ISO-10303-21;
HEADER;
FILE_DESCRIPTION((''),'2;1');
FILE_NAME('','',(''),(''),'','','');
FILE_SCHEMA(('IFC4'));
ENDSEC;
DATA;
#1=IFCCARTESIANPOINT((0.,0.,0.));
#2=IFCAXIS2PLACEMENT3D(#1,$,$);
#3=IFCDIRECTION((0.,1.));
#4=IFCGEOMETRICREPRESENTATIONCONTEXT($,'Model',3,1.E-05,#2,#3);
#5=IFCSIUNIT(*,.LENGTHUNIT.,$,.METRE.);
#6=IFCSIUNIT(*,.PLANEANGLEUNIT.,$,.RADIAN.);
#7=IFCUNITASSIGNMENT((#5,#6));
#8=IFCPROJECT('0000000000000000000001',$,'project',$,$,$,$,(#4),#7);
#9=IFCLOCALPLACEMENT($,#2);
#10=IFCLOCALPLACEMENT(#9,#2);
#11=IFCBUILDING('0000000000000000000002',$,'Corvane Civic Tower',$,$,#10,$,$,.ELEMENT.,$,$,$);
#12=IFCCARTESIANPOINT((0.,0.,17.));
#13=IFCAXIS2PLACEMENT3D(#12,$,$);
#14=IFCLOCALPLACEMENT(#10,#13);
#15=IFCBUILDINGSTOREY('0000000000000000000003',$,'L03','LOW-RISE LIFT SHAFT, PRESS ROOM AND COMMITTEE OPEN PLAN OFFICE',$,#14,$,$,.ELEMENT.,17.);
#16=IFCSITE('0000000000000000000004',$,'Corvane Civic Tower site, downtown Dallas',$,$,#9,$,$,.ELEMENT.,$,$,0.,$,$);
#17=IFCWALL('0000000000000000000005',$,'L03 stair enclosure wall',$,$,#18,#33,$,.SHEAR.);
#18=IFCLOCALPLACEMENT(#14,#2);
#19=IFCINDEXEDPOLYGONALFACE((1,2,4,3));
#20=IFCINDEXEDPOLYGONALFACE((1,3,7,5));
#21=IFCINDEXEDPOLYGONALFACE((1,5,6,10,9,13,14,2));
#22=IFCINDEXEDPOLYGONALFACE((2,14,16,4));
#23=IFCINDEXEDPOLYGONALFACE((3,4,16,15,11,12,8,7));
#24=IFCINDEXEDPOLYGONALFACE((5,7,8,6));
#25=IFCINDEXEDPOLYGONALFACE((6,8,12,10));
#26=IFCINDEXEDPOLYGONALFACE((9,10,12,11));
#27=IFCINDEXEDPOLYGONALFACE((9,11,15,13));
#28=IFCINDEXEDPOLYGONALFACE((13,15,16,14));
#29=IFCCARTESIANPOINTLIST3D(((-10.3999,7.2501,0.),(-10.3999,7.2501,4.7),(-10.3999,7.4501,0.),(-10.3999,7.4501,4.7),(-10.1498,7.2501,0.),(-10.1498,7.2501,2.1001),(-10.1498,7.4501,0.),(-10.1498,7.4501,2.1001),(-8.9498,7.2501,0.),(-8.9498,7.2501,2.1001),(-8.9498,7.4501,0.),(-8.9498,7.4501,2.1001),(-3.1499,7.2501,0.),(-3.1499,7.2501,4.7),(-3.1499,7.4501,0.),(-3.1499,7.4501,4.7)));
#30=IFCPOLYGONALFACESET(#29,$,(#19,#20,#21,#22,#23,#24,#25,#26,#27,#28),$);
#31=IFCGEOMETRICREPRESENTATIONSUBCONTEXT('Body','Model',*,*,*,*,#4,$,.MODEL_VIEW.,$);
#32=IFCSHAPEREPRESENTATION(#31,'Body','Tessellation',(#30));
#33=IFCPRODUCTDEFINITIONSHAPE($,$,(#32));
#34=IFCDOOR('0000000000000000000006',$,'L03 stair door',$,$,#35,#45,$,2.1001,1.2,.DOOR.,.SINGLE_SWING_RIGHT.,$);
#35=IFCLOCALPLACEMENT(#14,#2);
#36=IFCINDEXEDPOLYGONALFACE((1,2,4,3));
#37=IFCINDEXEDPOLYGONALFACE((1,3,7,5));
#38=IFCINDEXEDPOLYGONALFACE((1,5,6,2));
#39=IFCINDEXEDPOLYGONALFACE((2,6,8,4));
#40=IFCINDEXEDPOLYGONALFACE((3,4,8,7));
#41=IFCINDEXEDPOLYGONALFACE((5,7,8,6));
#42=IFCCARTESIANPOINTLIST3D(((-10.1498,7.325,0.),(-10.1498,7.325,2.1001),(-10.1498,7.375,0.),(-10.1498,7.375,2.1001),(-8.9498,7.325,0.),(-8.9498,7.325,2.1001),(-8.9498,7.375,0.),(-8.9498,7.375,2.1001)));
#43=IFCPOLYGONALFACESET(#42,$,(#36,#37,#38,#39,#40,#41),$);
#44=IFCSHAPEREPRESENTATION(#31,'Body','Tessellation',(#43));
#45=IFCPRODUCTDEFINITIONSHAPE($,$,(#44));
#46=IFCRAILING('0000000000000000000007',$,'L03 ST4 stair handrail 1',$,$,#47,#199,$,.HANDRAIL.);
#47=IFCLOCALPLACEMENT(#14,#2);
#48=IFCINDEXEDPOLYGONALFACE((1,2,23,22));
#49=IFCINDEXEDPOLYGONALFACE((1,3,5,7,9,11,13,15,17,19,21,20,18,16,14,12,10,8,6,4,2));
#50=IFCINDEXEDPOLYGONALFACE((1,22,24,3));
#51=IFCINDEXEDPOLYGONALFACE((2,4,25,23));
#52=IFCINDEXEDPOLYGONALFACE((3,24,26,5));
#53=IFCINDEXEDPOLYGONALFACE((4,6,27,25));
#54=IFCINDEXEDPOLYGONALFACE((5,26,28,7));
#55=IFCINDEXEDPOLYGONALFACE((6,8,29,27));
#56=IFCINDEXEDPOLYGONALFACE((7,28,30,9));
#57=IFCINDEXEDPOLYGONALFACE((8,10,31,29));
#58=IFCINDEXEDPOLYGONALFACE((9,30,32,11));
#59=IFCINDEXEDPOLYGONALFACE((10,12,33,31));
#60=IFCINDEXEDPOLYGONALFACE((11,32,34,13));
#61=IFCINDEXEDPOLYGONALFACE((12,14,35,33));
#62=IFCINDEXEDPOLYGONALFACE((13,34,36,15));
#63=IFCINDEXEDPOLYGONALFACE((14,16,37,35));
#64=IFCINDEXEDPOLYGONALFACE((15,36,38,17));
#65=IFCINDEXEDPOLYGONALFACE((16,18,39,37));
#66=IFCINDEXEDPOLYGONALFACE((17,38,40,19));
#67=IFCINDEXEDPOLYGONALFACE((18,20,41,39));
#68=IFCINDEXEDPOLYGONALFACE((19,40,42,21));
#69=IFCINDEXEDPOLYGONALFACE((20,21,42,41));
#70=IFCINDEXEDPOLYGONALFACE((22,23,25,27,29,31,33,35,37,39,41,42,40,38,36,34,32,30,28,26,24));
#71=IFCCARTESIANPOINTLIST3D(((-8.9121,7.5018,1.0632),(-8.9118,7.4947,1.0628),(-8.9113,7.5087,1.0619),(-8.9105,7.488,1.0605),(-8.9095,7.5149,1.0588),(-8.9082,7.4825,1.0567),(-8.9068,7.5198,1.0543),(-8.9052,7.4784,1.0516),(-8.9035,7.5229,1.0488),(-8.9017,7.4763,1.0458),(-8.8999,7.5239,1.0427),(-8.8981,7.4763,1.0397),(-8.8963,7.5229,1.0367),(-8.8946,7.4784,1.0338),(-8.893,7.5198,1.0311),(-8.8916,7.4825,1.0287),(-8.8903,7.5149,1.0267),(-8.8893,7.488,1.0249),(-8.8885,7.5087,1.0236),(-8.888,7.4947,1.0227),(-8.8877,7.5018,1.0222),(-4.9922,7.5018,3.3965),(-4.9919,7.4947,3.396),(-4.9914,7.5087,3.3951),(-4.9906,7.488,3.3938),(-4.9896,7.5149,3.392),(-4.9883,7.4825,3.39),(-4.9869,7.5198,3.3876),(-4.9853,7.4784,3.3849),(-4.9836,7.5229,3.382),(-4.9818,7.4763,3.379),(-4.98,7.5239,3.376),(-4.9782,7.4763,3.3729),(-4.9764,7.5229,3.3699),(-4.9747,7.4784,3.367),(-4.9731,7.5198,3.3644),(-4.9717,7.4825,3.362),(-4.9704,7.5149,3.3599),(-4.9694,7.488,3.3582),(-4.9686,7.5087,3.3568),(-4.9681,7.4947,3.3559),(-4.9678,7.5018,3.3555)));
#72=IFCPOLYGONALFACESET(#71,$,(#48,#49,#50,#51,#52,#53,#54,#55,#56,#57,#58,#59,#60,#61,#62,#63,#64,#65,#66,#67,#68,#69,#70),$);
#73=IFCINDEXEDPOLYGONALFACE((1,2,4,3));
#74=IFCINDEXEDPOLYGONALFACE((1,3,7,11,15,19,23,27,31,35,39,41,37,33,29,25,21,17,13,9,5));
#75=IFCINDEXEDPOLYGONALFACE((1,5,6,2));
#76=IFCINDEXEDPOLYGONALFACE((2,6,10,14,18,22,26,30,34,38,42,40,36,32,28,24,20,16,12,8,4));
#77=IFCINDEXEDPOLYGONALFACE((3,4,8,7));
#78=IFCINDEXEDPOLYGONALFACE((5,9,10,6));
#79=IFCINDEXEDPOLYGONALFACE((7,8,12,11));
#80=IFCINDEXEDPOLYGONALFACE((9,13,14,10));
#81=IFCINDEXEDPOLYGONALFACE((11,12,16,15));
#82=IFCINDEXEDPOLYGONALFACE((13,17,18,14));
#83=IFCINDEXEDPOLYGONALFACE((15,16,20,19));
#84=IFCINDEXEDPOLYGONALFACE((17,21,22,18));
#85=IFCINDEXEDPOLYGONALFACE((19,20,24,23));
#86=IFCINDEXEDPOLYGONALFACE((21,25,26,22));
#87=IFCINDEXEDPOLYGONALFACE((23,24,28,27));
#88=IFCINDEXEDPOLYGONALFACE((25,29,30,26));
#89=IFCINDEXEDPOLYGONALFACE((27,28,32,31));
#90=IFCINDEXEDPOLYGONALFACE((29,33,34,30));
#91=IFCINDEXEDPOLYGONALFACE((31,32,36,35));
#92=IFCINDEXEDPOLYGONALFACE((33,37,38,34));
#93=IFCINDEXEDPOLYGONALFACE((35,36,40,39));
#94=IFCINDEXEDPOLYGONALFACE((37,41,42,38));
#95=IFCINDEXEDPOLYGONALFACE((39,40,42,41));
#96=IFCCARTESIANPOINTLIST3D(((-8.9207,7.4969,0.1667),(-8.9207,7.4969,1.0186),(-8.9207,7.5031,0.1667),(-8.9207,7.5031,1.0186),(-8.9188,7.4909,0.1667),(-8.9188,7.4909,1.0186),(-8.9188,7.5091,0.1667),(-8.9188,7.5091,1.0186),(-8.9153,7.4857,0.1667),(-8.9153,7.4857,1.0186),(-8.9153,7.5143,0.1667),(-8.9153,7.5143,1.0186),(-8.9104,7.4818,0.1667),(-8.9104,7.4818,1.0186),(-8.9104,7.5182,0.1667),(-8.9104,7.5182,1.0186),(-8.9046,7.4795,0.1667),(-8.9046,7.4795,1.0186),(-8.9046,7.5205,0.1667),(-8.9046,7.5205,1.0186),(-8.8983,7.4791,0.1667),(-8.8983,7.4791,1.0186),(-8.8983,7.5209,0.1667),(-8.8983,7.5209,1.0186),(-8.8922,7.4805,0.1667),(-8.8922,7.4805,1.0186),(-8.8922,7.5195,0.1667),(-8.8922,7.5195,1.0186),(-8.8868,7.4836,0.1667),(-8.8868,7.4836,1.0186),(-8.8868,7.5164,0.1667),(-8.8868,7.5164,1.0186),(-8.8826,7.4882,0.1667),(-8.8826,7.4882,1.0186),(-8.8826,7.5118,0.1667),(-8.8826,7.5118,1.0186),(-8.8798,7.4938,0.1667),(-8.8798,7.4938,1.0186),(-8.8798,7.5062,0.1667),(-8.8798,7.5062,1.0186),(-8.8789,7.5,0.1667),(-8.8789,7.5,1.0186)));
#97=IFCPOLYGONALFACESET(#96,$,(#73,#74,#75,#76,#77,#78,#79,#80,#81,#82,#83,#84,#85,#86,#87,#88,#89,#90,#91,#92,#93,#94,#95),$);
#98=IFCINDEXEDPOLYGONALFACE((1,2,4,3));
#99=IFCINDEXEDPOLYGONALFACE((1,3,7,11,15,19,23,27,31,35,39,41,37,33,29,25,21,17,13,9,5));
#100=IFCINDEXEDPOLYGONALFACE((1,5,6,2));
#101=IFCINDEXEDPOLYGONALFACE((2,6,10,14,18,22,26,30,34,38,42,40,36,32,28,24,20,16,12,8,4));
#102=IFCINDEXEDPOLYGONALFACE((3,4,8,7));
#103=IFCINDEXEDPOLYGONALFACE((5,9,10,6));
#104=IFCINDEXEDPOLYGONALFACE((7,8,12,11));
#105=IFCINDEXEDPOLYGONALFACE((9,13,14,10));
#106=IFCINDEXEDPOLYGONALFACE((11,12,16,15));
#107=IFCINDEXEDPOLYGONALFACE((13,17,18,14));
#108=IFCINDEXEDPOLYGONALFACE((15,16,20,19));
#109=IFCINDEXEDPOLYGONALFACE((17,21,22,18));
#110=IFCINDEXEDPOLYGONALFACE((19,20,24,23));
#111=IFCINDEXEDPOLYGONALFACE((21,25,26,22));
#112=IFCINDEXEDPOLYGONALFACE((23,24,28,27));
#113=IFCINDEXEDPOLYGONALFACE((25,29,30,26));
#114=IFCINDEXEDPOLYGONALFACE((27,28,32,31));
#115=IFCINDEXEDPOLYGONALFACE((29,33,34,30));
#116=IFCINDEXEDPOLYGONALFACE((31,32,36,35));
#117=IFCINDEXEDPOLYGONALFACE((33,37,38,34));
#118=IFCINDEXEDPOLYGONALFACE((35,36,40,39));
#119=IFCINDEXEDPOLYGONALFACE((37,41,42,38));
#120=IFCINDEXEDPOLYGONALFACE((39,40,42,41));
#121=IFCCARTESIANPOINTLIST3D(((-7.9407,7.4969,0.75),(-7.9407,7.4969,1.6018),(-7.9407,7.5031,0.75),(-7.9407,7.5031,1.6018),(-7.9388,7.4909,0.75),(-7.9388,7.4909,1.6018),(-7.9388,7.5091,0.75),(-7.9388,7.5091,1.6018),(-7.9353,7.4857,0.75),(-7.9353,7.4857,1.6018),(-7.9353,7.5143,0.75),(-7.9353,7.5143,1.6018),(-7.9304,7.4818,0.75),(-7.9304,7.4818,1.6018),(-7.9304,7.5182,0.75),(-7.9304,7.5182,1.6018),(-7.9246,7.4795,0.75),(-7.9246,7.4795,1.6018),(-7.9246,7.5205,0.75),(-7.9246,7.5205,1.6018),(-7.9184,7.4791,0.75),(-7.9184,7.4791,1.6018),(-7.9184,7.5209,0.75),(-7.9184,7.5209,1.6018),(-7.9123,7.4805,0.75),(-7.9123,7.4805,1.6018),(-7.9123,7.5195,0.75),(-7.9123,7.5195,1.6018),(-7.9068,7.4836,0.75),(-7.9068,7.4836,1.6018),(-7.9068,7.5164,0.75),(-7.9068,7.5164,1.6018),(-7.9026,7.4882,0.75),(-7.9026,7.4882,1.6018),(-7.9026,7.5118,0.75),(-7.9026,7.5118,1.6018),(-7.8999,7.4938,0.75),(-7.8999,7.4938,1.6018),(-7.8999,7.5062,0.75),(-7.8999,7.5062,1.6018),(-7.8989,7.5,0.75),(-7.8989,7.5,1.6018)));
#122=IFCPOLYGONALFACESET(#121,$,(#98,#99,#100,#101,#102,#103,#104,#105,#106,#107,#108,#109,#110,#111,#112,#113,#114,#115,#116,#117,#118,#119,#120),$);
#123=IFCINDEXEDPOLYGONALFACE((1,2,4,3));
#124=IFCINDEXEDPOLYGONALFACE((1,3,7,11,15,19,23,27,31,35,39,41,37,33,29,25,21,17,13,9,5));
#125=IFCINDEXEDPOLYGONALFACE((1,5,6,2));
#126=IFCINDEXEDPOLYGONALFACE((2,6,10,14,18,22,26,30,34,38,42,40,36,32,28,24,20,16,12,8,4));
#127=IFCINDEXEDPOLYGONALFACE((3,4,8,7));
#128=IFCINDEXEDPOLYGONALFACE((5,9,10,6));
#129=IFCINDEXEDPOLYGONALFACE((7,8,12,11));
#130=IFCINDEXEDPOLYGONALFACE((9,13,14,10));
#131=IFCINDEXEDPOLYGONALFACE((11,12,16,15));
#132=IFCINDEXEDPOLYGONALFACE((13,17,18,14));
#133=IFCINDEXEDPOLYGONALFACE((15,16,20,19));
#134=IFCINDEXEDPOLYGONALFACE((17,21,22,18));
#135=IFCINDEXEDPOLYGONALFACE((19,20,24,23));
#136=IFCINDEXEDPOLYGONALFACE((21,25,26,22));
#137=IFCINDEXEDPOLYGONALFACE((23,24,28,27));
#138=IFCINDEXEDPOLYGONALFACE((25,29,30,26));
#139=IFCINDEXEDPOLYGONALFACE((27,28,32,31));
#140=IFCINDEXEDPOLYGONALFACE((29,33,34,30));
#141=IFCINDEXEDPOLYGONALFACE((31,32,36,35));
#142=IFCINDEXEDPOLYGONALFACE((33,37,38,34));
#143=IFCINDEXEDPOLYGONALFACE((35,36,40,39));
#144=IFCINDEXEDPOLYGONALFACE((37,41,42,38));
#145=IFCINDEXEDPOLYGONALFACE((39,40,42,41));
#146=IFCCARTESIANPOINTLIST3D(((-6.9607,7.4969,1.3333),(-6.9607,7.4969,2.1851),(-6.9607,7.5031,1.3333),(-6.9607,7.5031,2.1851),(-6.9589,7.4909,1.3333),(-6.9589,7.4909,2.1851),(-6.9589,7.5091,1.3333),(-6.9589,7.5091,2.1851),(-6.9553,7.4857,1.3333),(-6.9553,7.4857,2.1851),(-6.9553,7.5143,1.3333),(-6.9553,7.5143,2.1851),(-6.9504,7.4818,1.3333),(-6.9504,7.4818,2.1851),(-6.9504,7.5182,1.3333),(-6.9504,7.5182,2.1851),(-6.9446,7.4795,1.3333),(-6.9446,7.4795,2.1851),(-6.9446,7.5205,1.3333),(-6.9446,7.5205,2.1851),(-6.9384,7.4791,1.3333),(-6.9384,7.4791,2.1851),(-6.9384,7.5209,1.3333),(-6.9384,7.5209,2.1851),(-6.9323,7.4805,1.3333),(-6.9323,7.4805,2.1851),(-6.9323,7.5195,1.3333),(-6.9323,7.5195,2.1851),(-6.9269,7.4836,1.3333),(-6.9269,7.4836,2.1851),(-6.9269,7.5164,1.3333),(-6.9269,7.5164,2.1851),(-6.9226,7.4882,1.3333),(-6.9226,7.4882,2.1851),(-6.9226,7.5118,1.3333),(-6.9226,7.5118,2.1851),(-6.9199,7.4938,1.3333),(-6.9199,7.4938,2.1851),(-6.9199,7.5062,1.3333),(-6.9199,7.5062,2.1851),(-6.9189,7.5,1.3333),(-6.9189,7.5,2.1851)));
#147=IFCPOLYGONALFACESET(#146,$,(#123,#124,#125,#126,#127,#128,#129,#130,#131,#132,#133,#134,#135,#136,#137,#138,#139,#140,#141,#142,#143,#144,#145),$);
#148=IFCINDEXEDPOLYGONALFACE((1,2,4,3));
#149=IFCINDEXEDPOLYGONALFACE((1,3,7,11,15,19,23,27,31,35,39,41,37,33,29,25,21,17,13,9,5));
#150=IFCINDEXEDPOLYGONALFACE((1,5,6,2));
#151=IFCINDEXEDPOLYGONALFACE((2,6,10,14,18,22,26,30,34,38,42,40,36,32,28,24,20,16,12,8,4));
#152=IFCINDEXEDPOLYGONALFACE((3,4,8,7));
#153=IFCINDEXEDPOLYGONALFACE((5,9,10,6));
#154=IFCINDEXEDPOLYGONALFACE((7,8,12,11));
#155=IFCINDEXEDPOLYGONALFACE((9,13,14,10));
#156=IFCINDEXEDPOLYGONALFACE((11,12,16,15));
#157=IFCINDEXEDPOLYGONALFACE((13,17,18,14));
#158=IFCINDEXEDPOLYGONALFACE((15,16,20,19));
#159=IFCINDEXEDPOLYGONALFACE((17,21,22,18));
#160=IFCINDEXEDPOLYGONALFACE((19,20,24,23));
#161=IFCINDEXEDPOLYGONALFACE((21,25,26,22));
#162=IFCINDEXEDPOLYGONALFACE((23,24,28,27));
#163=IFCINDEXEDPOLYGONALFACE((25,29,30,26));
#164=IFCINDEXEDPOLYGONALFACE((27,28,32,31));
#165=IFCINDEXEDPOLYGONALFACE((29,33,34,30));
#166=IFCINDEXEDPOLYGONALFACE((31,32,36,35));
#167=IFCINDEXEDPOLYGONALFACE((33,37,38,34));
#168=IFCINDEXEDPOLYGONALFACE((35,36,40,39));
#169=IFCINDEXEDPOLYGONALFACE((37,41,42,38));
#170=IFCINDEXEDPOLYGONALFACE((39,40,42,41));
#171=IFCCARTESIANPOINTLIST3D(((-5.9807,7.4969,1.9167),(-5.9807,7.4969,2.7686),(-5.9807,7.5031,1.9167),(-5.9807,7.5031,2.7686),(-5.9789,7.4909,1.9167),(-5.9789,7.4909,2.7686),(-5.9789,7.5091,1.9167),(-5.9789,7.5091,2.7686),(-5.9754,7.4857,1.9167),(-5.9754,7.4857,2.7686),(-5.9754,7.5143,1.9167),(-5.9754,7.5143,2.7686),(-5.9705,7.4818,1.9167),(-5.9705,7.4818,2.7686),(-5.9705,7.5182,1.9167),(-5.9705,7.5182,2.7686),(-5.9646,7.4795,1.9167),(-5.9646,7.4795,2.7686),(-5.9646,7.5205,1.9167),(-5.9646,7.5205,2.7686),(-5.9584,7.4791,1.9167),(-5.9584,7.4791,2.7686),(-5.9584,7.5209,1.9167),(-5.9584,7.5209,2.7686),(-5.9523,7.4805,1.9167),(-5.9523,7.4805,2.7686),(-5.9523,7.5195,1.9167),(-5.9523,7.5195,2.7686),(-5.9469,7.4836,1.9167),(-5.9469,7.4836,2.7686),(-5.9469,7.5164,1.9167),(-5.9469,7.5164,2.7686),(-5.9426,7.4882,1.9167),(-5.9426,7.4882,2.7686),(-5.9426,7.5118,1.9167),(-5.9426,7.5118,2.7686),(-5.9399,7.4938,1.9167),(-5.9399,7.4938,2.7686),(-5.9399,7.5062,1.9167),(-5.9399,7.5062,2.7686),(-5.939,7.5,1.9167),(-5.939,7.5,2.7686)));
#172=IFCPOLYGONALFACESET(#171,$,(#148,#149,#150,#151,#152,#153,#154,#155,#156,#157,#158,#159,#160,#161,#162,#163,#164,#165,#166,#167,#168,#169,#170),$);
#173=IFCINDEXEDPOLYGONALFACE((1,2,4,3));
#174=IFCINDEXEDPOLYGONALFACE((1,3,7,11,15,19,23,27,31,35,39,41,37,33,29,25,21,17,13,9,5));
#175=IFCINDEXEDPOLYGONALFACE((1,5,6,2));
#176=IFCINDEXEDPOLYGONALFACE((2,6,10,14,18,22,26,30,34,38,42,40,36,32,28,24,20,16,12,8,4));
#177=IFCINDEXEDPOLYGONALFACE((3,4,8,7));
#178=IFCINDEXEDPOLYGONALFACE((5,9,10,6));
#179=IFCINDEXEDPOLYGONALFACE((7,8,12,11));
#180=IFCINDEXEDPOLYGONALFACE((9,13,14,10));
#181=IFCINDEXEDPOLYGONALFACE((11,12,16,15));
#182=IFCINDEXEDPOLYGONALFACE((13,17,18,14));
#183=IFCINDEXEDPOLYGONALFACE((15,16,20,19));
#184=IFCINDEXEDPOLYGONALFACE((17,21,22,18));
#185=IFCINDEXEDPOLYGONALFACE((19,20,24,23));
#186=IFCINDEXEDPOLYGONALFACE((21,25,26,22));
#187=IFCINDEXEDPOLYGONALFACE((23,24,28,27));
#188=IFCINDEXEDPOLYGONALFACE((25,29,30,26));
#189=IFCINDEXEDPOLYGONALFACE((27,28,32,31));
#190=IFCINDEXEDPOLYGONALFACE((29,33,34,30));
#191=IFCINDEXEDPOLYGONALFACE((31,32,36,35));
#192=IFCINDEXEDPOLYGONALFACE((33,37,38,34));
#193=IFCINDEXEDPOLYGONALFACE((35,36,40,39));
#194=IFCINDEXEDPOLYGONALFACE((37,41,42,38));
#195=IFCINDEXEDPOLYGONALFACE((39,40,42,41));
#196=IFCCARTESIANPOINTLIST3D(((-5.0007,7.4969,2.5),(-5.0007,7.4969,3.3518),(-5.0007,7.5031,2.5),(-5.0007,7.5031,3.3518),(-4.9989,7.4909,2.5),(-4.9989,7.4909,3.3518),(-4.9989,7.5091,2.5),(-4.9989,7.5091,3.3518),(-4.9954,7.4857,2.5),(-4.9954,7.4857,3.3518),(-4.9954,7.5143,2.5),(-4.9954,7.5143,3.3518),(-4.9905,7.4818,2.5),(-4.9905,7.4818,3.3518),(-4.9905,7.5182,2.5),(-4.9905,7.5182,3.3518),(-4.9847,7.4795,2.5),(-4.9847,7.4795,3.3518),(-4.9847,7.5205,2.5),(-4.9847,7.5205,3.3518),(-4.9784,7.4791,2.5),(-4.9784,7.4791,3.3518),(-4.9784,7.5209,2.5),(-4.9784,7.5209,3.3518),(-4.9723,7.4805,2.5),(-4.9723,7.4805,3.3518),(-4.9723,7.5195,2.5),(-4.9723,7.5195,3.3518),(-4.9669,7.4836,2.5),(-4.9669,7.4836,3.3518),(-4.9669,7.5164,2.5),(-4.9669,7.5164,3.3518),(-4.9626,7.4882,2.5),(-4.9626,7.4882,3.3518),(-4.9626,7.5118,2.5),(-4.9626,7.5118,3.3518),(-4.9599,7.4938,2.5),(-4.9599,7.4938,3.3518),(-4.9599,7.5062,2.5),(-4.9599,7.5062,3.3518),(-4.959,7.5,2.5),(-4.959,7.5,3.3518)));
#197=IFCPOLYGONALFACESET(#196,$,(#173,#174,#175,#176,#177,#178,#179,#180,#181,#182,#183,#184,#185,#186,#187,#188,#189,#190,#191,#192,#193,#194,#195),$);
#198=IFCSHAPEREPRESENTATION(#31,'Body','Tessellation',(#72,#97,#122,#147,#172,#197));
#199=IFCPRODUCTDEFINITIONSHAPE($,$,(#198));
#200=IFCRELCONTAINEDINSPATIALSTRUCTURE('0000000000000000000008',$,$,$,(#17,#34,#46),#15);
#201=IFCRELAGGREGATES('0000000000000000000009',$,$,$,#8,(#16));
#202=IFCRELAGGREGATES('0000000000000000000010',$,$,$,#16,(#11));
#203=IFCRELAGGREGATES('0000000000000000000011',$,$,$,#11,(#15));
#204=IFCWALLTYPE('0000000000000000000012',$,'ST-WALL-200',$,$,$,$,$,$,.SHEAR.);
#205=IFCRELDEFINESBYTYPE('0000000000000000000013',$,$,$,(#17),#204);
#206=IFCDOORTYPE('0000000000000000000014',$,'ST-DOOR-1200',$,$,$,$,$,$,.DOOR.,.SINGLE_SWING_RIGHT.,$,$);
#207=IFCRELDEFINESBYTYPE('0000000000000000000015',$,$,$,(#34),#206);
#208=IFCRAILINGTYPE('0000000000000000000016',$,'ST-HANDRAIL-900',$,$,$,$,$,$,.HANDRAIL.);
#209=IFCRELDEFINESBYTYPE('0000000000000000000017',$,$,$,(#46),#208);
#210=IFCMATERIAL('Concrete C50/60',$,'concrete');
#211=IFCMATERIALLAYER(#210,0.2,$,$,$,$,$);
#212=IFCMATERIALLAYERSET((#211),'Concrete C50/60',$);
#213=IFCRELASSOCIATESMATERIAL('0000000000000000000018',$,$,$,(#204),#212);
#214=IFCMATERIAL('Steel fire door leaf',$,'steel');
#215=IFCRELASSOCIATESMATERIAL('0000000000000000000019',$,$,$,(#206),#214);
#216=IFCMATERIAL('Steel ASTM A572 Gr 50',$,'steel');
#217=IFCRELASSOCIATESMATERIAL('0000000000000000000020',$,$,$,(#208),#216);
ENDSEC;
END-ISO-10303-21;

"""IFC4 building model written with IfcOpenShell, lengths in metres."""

from ifc_helpers import new_model, si_unit, direction, frame, frame_2d, origin, origin_2d, place, context, subcontext, project, spatial, rectangle, circle, extrude, material, layer, layer_set, type_object, element, fill, save


model = new_model("IFC4")

# Units and contexts
model_context = context("Model", 3, precision=1e-05, world=origin(), true_north=direction((0.0, 1.0)))
body_context = subcontext(model_context, "Body", "Model", "MODEL_VIEW")
ifc_project = project(units=[si_unit("LENGTHUNIT", "METRE"), si_unit("PLANEANGLEUNIT", "RADIAN")], contexts=[model_context])

# Site, building, storey
site_placement = place(None, origin())
site = spatial("IfcSite", under=ifc_project, at=site_placement, Name="Corvane Civic Tower site, downtown Dallas", CompositionType="ELEMENT", RefElevation=0.0)
building_placement = place(site_placement, origin())
building = spatial("IfcBuilding", under=site, at=building_placement, Name="Corvane Civic Tower", CompositionType="ELEMENT")
storey_placement = place(building_placement, frame((0.0, 0.0, 17.0)))
storey = spatial("IfcBuildingStorey", under=building, at=storey_placement, Name="L03", Description="LOW-RISE LIFT SHAFT, PRESS ROOM AND COMMITTEE OPEN PLAN OFFICE", CompositionType="ELEMENT", Elevation=17.0)

# Wall, opening, door
ifc_material_1 = material(Name="Concrete C50/60", Category="concrete")
ifc_layer_1 = layer(ifc_material_1, 0.2)
ifc_layer_set_1 = layer_set([ifc_layer_1], Name="Concrete C50/60")
wall_type_1 = type_object("IfcWallType", Name="ST-WALL-200", PredefinedType="SHEAR", material=ifc_layer_set_1)
wall_1_placement = place(storey_placement, frame((-10.3999, 7.3501, 0.0), z_axis=(0.0, 0.0, 1.0), x_axis=(1.0, 0.0, 0.0)))
wall_1 = element("IfcWall", 1, at=wall_1_placement, inside=storey, type_object=wall_type_1, Name="L03 stair enclosure wall", PredefinedType="SHEAR", context=body_context, shape_type="SweptSolid", body=[
    extrude(rectangle(XDim=7.25, YDim=0.2, at=frame_2d((3.625, 0.0))), origin(), (0.0, 0.0, 1.0), 4.7),
])
opening_1_placement = place(wall_1_placement, frame((0.25, 0.0, 0.0)))
opening_1 = element("IfcOpeningElement", 2, at=opening_1_placement, cuts=wall_1, PredefinedType="OPENING", context=body_context, shape_type="SweptSolid", body=[
    extrude(rectangle(XDim=1.2, YDim=2.1001, at=frame_2d((0.6001, 1.05))), frame((0.0, 0.1099, 0.0), z_axis=(0.0, -1.0, 0.0), x_axis=(1.0, 0.0, 0.0)), (0.0, 0.0, 1.0), 0.22),
])
ifc_material_2 = material(Name="Steel fire door leaf", Category="steel")
door_type_1 = type_object("IfcDoorType", Name="ST-DOOR-1200", OperationType="SINGLE_SWING_RIGHT", PredefinedType="DOOR", material=ifc_material_2)
door_1_placement = place(opening_1_placement, origin())
door_1 = element("IfcDoor", 3, at=door_1_placement, inside=storey, type_object=door_type_1, Name="L03 stair door", OperationType="SINGLE_SWING_RIGHT", OverallHeight=2.1001, OverallWidth=1.2, PredefinedType="DOOR", context=body_context, shape_type="SweptSolid", body=[
    extrude(rectangle(XDim=1.2, YDim=2.1001, at=frame_2d((0.6001, 1.05))), frame((0.0, 0.0249, 0.0), z_axis=(0.0, -1.0, 0.0), x_axis=(1.0, 0.0, 0.0)), (0.0, 0.0, 1.0), 0.05),
])
fill(opening_1, door_1)

# Railing
ifc_material_3 = material(Name="Steel ASTM A572 Gr 50", Category="steel")
railing_type_1 = type_object("IfcRailingType", Name="ST-HANDRAIL-900", PredefinedType="HANDRAIL", material=ifc_material_3)
railing_1_placement = place(storey_placement, frame((-8.8999, 7.5, 0.1667)))
element("IfcRailing", 4, at=railing_1_placement, inside=storey, type_object=railing_type_1, Name="L03 ST4 stair handrail 1", PredefinedType="HANDRAIL", context=body_context, shape_type="SweptSolid", body=[
    extrude(circle(Radius=0.0239, at=origin_2d()), frame((0.0, 0.0, 0.876), z_axis=(0.859296, 0.0, 0.511478), x_axis=(0.0, 1.0, 0.0)), (0.0, 0.0, 1.0), 4.5618),
    extrude(circle(Radius=0.021, at=origin_2d()), origin(), (0.0, 0.0, 1.0), 0.8518),
    extrude(circle(Radius=0.021, at=origin_2d()), frame((0.98, 0.0, 0.5833)), (0.0, 0.0, 1.0), 0.8518),
    extrude(circle(Radius=0.021, at=origin_2d()), frame((1.96, 0.0, 1.1665)), (0.0, 0.0, 1.0), 0.8518),
    extrude(circle(Radius=0.021, at=origin_2d()), frame((2.9399, 0.0, 1.75)), (0.0, 0.0, 1.0), 0.8518),
    extrude(circle(Radius=0.021, at=origin_2d()), frame((3.9199, 0.0, 2.3333)), (0.0, 0.0, 1.0), 0.8518),
])

save(model, "model.ifc")
